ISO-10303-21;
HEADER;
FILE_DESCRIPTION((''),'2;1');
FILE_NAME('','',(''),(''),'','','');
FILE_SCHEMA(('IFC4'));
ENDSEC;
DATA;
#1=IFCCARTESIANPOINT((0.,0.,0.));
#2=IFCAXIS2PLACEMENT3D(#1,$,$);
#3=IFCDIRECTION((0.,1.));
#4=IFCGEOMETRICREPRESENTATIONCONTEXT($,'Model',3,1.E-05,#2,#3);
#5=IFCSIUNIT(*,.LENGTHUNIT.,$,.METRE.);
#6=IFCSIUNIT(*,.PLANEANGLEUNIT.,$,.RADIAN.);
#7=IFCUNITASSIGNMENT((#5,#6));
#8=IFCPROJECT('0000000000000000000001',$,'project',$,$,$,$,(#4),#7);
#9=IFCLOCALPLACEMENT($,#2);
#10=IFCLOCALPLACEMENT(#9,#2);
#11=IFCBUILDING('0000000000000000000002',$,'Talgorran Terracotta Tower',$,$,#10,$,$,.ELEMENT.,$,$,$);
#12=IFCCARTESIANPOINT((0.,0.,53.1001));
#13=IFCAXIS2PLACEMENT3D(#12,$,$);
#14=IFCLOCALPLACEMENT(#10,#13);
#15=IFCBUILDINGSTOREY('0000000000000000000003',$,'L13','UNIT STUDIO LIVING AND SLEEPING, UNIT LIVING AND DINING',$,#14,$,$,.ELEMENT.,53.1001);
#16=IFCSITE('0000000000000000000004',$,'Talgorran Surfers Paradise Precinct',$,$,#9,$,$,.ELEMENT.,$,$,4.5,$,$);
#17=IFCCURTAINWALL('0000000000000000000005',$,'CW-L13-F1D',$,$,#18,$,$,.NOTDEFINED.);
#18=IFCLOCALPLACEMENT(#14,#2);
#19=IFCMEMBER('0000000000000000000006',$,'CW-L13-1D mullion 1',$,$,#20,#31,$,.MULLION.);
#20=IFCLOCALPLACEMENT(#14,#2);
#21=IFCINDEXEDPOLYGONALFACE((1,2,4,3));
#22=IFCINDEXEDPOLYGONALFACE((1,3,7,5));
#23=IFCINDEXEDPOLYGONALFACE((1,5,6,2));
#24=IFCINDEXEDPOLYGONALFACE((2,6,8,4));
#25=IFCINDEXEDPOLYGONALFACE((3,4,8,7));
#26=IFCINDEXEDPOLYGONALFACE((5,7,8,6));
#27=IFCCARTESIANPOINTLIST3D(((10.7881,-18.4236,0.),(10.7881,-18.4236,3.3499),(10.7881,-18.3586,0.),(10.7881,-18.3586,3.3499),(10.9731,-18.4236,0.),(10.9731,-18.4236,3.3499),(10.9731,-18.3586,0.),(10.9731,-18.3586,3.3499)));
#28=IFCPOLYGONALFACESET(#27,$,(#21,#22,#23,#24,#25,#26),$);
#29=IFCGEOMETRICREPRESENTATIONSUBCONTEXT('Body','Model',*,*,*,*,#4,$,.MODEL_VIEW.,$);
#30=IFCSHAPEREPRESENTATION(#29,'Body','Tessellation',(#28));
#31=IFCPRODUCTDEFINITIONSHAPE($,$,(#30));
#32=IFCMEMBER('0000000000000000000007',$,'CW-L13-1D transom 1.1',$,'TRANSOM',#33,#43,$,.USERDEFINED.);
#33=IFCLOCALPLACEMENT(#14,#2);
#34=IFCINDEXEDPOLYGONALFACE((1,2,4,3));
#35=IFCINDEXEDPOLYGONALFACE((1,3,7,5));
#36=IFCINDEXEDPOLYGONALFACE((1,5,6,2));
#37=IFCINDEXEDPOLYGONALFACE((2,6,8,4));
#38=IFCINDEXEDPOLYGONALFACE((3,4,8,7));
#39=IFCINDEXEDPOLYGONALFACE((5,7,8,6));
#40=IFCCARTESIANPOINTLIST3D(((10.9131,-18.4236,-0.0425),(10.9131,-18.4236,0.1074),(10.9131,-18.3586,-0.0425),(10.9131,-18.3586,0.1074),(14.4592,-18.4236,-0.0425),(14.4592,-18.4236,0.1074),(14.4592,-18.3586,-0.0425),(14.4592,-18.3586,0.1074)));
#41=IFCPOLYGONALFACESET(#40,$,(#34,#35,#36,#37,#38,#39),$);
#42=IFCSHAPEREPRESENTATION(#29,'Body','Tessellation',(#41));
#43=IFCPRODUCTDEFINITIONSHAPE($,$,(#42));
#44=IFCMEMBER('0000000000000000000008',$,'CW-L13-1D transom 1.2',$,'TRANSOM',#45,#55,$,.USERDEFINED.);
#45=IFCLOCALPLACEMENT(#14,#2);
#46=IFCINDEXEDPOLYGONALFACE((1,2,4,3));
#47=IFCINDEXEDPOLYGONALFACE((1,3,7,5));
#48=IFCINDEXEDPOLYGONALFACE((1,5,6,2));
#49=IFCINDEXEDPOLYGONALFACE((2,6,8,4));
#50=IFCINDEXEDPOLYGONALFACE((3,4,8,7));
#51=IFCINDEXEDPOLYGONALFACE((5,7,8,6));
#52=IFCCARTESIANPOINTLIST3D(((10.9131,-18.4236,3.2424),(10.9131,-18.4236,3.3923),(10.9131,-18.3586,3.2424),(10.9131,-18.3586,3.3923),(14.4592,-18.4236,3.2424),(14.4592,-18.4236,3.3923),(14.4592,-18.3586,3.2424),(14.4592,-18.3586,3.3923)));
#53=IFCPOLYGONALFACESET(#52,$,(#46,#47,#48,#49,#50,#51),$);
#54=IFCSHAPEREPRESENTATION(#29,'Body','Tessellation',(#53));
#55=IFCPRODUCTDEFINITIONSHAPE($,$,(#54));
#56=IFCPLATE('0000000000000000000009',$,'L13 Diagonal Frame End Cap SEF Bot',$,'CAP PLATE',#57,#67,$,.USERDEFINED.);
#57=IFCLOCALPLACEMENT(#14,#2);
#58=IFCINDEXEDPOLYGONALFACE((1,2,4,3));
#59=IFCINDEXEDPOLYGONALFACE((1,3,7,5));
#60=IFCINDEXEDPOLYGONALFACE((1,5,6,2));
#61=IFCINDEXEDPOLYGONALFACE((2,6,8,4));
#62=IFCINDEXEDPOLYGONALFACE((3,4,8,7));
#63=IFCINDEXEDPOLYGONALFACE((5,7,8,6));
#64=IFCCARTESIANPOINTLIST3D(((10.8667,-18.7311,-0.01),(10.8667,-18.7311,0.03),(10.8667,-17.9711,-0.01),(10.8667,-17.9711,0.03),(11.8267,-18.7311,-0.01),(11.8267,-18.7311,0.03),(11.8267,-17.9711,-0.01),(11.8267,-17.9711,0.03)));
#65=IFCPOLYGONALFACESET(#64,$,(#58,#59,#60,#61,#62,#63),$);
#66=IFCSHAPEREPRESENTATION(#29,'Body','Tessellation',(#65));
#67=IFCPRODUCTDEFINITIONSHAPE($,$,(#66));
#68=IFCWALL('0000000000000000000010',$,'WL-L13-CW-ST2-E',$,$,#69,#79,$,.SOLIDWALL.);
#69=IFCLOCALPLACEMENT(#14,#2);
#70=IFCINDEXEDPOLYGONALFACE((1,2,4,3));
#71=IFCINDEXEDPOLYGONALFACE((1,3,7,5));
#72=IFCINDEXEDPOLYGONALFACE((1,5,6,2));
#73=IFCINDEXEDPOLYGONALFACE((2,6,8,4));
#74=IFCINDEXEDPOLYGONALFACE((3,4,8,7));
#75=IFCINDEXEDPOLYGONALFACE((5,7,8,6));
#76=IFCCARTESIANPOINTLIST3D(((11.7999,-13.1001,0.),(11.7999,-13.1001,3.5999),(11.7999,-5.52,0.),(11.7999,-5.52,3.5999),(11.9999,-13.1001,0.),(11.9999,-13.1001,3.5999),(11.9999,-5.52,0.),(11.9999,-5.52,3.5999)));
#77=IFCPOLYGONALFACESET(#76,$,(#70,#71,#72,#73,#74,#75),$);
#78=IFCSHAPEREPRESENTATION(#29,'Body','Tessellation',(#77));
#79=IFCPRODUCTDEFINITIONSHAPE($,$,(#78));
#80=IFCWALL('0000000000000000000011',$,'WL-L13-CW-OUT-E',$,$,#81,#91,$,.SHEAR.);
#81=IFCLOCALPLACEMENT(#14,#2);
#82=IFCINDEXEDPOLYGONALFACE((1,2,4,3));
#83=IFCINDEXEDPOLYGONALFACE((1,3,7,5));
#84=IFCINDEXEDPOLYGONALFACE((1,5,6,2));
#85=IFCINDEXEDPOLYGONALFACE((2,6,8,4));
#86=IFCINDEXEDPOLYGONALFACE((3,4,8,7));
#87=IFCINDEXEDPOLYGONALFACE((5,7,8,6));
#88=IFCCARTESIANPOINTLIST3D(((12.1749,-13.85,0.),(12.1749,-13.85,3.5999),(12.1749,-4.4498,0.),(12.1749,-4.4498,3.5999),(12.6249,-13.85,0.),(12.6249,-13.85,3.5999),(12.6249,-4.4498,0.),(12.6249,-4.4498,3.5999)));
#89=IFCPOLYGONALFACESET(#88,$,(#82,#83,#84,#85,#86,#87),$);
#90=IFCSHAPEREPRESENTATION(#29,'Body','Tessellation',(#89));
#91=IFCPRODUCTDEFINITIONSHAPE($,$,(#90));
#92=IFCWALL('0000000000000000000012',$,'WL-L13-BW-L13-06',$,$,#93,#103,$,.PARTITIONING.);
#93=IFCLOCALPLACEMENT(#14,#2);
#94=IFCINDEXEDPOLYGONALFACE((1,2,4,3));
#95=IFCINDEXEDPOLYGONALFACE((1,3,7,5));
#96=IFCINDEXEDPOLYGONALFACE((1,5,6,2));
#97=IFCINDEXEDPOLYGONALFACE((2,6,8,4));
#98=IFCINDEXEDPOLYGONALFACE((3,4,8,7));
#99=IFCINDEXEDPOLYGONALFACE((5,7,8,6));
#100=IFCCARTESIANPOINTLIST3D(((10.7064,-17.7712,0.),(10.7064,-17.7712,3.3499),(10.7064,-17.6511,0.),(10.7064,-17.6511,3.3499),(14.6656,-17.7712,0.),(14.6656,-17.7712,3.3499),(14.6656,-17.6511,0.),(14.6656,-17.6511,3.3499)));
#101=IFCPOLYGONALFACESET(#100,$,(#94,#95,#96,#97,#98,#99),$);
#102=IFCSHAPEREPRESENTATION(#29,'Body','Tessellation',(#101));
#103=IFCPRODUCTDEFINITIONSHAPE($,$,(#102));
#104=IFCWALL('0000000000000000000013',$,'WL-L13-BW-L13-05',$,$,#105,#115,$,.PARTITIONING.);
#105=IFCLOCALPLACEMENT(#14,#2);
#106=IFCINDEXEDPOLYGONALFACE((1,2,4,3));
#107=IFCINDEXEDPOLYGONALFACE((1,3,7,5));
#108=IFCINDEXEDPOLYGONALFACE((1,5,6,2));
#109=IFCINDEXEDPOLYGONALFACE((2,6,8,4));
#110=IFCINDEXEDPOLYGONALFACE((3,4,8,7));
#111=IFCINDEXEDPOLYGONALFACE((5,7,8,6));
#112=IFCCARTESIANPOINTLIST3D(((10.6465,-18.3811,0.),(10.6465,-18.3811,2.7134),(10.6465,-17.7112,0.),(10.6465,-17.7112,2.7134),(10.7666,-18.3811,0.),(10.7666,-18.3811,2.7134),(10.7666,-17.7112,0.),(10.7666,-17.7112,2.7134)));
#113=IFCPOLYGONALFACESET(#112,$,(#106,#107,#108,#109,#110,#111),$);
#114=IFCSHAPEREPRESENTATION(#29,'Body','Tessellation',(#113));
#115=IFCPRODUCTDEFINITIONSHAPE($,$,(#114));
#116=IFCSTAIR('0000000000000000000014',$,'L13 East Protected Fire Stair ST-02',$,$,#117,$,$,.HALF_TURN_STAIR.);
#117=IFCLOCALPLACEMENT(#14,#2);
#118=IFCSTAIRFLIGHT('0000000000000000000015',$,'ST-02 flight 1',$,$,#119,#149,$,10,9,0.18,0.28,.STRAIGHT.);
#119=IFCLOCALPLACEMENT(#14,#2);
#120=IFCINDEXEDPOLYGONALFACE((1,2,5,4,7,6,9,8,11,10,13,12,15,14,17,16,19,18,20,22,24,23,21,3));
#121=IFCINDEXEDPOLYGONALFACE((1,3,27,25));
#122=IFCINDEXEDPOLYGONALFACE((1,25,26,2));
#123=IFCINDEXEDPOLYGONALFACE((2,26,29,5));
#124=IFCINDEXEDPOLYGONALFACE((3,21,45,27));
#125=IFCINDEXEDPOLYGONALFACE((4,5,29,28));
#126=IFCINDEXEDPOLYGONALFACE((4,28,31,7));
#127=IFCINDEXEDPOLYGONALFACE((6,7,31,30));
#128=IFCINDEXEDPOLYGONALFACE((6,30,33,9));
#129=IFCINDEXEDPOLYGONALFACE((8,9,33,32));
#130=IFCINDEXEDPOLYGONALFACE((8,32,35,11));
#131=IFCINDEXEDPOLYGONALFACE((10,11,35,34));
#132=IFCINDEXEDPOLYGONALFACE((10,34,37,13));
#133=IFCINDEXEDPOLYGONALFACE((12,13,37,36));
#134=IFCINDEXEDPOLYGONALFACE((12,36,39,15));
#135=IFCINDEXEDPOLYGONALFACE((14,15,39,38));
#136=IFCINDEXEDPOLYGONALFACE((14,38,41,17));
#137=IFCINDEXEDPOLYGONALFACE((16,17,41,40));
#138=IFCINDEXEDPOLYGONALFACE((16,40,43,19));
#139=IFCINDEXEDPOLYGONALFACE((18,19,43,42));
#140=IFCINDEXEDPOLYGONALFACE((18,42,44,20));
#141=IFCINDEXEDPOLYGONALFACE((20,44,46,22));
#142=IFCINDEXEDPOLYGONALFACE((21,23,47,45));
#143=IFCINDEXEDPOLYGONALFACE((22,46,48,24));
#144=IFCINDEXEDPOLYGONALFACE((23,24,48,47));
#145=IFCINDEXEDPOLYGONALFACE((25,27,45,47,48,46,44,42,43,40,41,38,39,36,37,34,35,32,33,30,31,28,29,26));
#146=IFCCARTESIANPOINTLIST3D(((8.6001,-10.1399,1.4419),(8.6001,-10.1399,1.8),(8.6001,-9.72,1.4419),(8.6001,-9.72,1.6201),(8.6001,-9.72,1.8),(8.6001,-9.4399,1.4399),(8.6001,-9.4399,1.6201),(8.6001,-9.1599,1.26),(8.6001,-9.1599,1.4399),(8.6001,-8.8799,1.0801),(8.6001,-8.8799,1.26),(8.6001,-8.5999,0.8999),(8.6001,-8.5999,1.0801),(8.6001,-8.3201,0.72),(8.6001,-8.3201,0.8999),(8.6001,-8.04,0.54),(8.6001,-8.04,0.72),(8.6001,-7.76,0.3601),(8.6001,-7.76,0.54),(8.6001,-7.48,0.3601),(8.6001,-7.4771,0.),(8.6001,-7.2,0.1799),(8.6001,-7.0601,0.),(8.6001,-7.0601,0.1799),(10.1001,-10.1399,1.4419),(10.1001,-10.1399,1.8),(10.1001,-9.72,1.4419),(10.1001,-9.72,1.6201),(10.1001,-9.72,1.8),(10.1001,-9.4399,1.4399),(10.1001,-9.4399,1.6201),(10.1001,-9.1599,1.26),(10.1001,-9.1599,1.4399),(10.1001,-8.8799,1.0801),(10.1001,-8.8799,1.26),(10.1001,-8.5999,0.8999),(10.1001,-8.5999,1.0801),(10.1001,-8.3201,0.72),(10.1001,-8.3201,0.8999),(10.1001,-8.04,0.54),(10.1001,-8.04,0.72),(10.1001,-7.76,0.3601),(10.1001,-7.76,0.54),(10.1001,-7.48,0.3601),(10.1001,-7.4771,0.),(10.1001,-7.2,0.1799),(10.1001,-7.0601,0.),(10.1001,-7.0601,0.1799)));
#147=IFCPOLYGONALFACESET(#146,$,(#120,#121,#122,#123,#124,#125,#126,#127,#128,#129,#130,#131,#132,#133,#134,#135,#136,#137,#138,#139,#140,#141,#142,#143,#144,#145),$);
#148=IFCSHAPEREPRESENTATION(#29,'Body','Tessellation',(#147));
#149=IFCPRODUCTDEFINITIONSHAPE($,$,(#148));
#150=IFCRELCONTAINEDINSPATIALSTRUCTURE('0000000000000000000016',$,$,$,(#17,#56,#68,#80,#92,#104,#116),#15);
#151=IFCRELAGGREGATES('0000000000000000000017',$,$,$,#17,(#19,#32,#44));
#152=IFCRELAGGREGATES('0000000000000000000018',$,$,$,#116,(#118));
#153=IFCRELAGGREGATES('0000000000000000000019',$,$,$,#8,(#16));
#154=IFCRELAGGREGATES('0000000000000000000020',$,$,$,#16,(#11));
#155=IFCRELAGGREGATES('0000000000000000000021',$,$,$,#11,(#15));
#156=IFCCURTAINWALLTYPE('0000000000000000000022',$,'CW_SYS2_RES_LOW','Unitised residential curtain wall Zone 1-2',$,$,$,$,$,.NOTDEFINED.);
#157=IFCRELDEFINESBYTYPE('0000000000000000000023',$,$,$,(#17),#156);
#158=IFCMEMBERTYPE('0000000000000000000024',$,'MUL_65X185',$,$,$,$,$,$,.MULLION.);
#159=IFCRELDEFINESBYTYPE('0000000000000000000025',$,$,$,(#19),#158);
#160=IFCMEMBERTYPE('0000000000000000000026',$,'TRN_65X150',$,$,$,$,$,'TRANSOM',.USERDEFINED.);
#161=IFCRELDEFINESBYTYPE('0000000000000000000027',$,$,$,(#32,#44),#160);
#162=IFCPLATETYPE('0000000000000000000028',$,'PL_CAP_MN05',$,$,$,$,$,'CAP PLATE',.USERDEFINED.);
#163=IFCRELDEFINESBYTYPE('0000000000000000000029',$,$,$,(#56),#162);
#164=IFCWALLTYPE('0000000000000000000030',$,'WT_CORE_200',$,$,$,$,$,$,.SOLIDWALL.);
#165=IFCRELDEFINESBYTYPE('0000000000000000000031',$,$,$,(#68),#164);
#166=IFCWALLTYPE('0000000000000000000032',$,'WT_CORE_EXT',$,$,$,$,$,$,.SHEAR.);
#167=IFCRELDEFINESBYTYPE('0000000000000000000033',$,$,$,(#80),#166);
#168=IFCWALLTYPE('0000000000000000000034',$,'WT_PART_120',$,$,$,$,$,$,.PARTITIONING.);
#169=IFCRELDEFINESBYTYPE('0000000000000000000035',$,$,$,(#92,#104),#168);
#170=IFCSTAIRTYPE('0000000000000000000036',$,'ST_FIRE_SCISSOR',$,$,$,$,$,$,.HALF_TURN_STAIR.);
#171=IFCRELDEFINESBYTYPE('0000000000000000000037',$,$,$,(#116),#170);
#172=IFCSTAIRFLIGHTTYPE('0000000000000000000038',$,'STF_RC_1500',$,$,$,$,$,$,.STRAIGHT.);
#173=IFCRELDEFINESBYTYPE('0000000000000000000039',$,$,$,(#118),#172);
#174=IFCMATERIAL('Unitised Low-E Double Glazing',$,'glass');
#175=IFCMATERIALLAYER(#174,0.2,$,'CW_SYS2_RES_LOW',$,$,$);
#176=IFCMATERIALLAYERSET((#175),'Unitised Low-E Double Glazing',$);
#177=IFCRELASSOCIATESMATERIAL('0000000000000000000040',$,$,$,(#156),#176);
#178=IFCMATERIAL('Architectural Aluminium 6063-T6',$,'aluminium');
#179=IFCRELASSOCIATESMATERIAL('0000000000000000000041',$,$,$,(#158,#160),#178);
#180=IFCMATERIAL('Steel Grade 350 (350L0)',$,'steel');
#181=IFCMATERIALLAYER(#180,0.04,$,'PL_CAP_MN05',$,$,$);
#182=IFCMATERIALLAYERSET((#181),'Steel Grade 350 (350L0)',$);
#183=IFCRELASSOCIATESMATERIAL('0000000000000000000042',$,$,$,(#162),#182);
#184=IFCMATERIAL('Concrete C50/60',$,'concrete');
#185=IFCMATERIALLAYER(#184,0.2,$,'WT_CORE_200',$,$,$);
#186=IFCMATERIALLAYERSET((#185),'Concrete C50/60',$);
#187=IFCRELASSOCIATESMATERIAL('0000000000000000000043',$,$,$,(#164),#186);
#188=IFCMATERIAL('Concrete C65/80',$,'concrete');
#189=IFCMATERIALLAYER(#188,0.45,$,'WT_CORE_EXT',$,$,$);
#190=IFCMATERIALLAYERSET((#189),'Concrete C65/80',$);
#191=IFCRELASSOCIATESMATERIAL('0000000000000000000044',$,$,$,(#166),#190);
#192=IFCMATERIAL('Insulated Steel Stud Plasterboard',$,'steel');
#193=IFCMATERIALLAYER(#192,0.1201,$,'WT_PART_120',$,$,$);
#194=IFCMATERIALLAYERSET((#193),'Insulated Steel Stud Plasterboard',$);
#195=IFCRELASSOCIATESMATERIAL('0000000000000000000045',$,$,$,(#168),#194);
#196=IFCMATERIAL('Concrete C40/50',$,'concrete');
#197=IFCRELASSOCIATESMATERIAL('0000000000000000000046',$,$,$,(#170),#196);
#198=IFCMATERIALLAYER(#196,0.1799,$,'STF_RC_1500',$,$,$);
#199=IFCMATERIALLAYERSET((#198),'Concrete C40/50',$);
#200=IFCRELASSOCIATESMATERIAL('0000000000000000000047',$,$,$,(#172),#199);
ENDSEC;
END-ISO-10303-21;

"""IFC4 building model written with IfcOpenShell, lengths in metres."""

from ifc_helpers import new_model, si_unit, direction, frame, frame_2d, origin, origin_2d, place, context, subcontext, project, spatial, polyline, rectangle, outline, extrude, material, layer, layer_set, material_profile, profile_set, type_object, element, aggregate, save


model = new_model("IFC4")

# Units and contexts
model_context = context("Model", 3, precision=1e-05, world=origin(), true_north=direction((0.0, 1.0)))
body_context = subcontext(model_context, "Body", "Model", "MODEL_VIEW")
ifc_project = project(units=[si_unit("LENGTHUNIT", "METRE"), si_unit("PLANEANGLEUNIT", "RADIAN")], contexts=[model_context])

# Site, building, storey
site_placement = place(None, origin())
site = spatial("IfcSite", under=ifc_project, at=site_placement, Name="Talgorran Surfers Paradise Precinct", CompositionType="ELEMENT", RefElevation=4.5)
building_placement = place(site_placement, origin())
building = spatial("IfcBuilding", under=site, at=building_placement, Name="Talgorran Terracotta Tower", CompositionType="ELEMENT")
storey_placement = place(building_placement, frame((0.0, 0.0, 53.1001)))
storey = spatial("IfcBuildingStorey", under=building, at=storey_placement, Name="L13", Description="UNIT STUDIO LIVING AND SLEEPING, UNIT LIVING AND DINING", CompositionType="ELEMENT", Elevation=53.1001)

# Shared definitions
ifc_material_1 = material(Name="Steel Grade 350 (350L0)", Category="steel")

# Shared definitions
ifc_material_2 = material(Name="Unitised Low-E Double Glazing", Category="glass")
ifc_layer_1 = layer(ifc_material_2, 0.2, Name="CW_SYS2_RES_LOW")
ifc_layer_set_1 = layer_set([ifc_layer_1], Name="Unitised Low-E Double Glazing")
curtain_wall_type = type_object("IfcCurtainWallType", Name="CW_SYS2_RES_LOW", Description="Unitised residential curtain wall Zone 1-2", PredefinedType="NOTDEFINED", material=ifc_layer_set_1)
ifc_material_3 = material(Name="Architectural Aluminium 6063-T6", Category="aluminium")
ifc_material_profile_1 = material_profile(ifc_material_3, rectangle(XDim=0.0649, YDim=0.1851, at=origin_2d()), Name="CWM65X185")
ifc_profile_set_1 = profile_set([ifc_material_profile_1], Name="Architectural Aluminium 6063-T6")
member_type_1 = type_object("IfcMemberType", Name="MUL_65X185", PredefinedType="MULLION", material=ifc_profile_set_1)

# Curtain wall, members
curtain_wall_1_placement = place(storey_placement, origin())
curtain_wall_1 = element("IfcCurtainWall", 1, at=curtain_wall_1_placement, inside=storey, type_object=curtain_wall_type, Name="CW-L13-F1D", PredefinedType="NOTDEFINED")
member_1_placement = place(storey_placement, frame((10.8806, -18.3911, 0.0), z_axis=(0.0, 0.0, 1.0), x_axis=(0.0, 1.0, 0.0)))
member_1 = element("IfcMember", 2, at=member_1_placement, type_object=member_type_1, Name="CW-L13-1D mullion 1", PredefinedType="MULLION", context=body_context, shape_type="SweptSolid", body=[
    extrude(rectangle(XDim=0.0649, YDim=0.1851, at=origin_2d()), origin(), (0.0, 0.0, 1.0), 3.3499),
])
ifc_material_profile_2 = material_profile(ifc_material_3, rectangle(XDim=0.0649, YDim=0.1499, at=origin_2d()), Name="CWT65X150")
ifc_profile_set_2 = profile_set([ifc_material_profile_2], Name="Architectural Aluminium 6063-T6")
member_type_2 = type_object("IfcMemberType", Name="TRN_65X150", ElementType="TRANSOM", PredefinedType="USERDEFINED", material=ifc_profile_set_2)
member_2_placement = place(storey_placement, frame((10.9131, -18.3911, 0.0325), z_axis=(1.0, 0.0, 0.0), x_axis=(0.0, 1.0, 0.0)))
member_2 = element("IfcMember", 3, at=member_2_placement, type_object=member_type_2, Name="CW-L13-1D transom 1.1", ObjectType="TRANSOM", PredefinedType="USERDEFINED", context=body_context, shape_type="SweptSolid", body=[
    extrude(rectangle(XDim=0.0649, YDim=0.1499, at=origin_2d()), origin(), (0.0, 0.0, 1.0), 3.5461),
])
member_3_placement = place(storey_placement, frame((10.9131, -18.3911, 3.3174), z_axis=(1.0, 0.0, 0.0), x_axis=(0.0, 1.0, 0.0)))
member_3 = element("IfcMember", 4, at=member_3_placement, type_object=member_type_2, Name="CW-L13-1D transom 1.2", ObjectType="TRANSOM", PredefinedType="USERDEFINED", context=body_context, shape_type="SweptSolid", body=[
    extrude(rectangle(XDim=0.0649, YDim=0.1499, at=origin_2d()), origin(), (0.0, 0.0, 1.0), 3.5461),
])
aggregate(curtain_wall_1, [member_1, member_2, member_3])

# Plate
ifc_layer_2 = layer(ifc_material_1, 0.04, Name="PL_CAP_MN05")
ifc_layer_set_2 = layer_set([ifc_layer_2], Name="Steel Grade 350 (350L0)")
plate_type = type_object("IfcPlateType", Name="PL_CAP_MN05", ElementType="CAP PLATE", PredefinedType="USERDEFINED", material=ifc_layer_set_2)
plate_placement = place(storey_placement, frame((11.3467, -18.3511, -0.01), z_axis=(0.0, 0.0, 1.0), x_axis=(1.0, 0.0, 0.0)))
element("IfcPlate", 5, at=plate_placement, inside=storey, type_object=plate_type, Name="L13 Diagonal Frame End Cap SEF Bot", ObjectType="CAP PLATE", PredefinedType="USERDEFINED", context=body_context, shape_type="SweptSolid", body=[
    extrude(rectangle(XDim=0.96, YDim=0.76, at=origin_2d()), origin(), (0.0, 0.0, 1.0), 0.04),
])

# Walls
ifc_material_4 = material(Name="Concrete C50/60", Category="concrete")
ifc_layer_3 = layer(ifc_material_4, 0.2, Name="WT_CORE_200")
ifc_layer_set_3 = layer_set([ifc_layer_3], Name="Concrete C50/60")
wall_type_1 = type_object("IfcWallType", Name="WT_CORE_200", PredefinedType="SOLIDWALL", material=ifc_layer_set_3)
wall_1_placement = place(storey_placement, frame((11.8999, -13.1001, 0.0), z_axis=(0.0, 0.0, 1.0), x_axis=(0.0, 1.0, 0.0)))
element("IfcWall", 6, at=wall_1_placement, inside=storey, type_object=wall_type_1, Name="WL-L13-CW-ST2-E", PredefinedType="SOLIDWALL", context=body_context, shape_type="SweptSolid", body=[
    extrude(rectangle(XDim=7.5801, YDim=0.2, at=frame_2d((3.79, 0.0))), origin(), (0.0, 0.0, 1.0), 3.5999),
])
ifc_material_5 = material(Name="Concrete C65/80", Category="concrete")
ifc_layer_4 = layer(ifc_material_5, 0.45, Name="WT_CORE_EXT")
ifc_layer_set_4 = layer_set([ifc_layer_4], Name="Concrete C65/80")
wall_type_2 = type_object("IfcWallType", Name="WT_CORE_EXT", PredefinedType="SHEAR", material=ifc_layer_set_4)
wall_2_placement = place(storey_placement, frame((12.3999, -13.8501, 0.0), z_axis=(0.0, 0.0, 1.0), x_axis=(0.0, 1.0, 0.0)))
element("IfcWall", 7, at=wall_2_placement, inside=storey, type_object=wall_type_2, Name="WL-L13-CW-OUT-E", PredefinedType="SHEAR", context=body_context, shape_type="SweptSolid", body=[
    extrude(rectangle(XDim=9.4001, YDim=0.45, at=frame_2d((4.7002, 0.0))), origin(), (0.0, 0.0, 1.0), 3.5999),
])
ifc_material_6 = material(Name="Insulated Steel Stud Plasterboard", Category="steel")
ifc_layer_5 = layer(ifc_material_6, 0.1201, Name="WT_PART_120")
ifc_layer_set_5 = layer_set([ifc_layer_5], Name="Insulated Steel Stud Plasterboard")
wall_type_3 = type_object("IfcWallType", Name="WT_PART_120", PredefinedType="PARTITIONING", material=ifc_layer_set_5)
wall_3_placement = place(storey_placement, frame((10.7065, -17.7112, 0.0), z_axis=(0.0, 0.0, 1.0), x_axis=(1.0, 0.0, 0.0)))
element("IfcWall", 8, at=wall_3_placement, inside=storey, type_object=wall_type_3, Name="WL-L13-BW-L13-06", PredefinedType="PARTITIONING", context=body_context, shape_type="SweptSolid", body=[
    extrude(rectangle(XDim=3.9592, YDim=0.1201, at=frame_2d((1.9795, 0.0))), origin(), (0.0, 0.0, 1.0), 3.3499),
])
wall_4_placement = place(storey_placement, frame((10.7065, -18.3811, 0.0), z_axis=(0.0, 0.0, 1.0), x_axis=(0.0, 1.0, 0.0)))
element("IfcWall", 9, at=wall_4_placement, inside=storey, type_object=wall_type_3, Name="WL-L13-BW-L13-05", PredefinedType="PARTITIONING", context=body_context, shape_type="SweptSolid", body=[
    extrude(rectangle(XDim=0.6699, YDim=0.1201, at=frame_2d((0.335, 0.0))), origin(), (0.0, 0.0, 1.0), 2.7134),
])

# Stair, stair flight
ifc_material_7 = material(Name="Concrete C40/50", Category="concrete")
stair_type = type_object("IfcStairType", Name="ST_FIRE_SCISSOR", PredefinedType="HALF_TURN_STAIR", material=ifc_material_7)
stair_placement = place(storey_placement, origin())
stair = element("IfcStair", 10, at=stair_placement, inside=storey, type_object=stair_type, Name="L13 East Protected Fire Stair ST-02", PredefinedType="HALF_TURN_STAIR")
ifc_layer_6 = layer(ifc_material_7, 0.1799, Name="STF_RC_1500")
ifc_layer_set_6 = layer_set([ifc_layer_6], Name="Concrete C40/50")
stair_flight_type = type_object("IfcStairFlightType", Name="STF_RC_1500", PredefinedType="STRAIGHT", material=ifc_layer_set_6)
stair_flight_1_placement = place(storey_placement, frame((9.3501, -7.2, 0.0), z_axis=(0.0, 0.0, 1.0), x_axis=(0.0, -1.0, 0.0)))
stair_flight_1 = element("IfcStairFlight", 11, at=stair_flight_1_placement, type_object=stair_flight_type, Name="ST-02 flight 1", NumberOfRisers=10, NumberOfTreads=9, PredefinedType="STRAIGHT", RiserHeight=0.18, TreadLength=0.28, context=body_context, shape_type="SweptSolid", body=[
    extrude(outline(polyline([(-0.1399, 0.0), (-0.1399, 0.1799), (0.0, 0.1799), (0.28, 0.3601), (0.5601, 0.3601), (0.5601, 0.54), (0.8401, 0.54), (0.8401, 0.72), (1.1201, 0.72), (1.1201, 0.8999), (1.3999, 0.8999), (1.3999, 1.0801), (1.6799, 1.0801), (1.6799, 1.26), (1.96, 1.26), (1.96, 1.4399), (2.24, 1.4399), (2.24, 1.6201), (2.52, 1.6201), (2.52, 1.8), (2.9399, 1.8), (2.9399, 1.4419), (2.52, 1.4419), (0.2771, 0.0), (-0.1399, 0.0)])), frame((0.0, 0.75, 0.0), z_axis=(0.0, -1.0, 0.0), x_axis=(1.0, 0.0, 0.0)), (0.0, 0.0, 1.0), 1.5),
])
aggregate(stair, [stair_flight_1])

save(model, "model.ifc")
